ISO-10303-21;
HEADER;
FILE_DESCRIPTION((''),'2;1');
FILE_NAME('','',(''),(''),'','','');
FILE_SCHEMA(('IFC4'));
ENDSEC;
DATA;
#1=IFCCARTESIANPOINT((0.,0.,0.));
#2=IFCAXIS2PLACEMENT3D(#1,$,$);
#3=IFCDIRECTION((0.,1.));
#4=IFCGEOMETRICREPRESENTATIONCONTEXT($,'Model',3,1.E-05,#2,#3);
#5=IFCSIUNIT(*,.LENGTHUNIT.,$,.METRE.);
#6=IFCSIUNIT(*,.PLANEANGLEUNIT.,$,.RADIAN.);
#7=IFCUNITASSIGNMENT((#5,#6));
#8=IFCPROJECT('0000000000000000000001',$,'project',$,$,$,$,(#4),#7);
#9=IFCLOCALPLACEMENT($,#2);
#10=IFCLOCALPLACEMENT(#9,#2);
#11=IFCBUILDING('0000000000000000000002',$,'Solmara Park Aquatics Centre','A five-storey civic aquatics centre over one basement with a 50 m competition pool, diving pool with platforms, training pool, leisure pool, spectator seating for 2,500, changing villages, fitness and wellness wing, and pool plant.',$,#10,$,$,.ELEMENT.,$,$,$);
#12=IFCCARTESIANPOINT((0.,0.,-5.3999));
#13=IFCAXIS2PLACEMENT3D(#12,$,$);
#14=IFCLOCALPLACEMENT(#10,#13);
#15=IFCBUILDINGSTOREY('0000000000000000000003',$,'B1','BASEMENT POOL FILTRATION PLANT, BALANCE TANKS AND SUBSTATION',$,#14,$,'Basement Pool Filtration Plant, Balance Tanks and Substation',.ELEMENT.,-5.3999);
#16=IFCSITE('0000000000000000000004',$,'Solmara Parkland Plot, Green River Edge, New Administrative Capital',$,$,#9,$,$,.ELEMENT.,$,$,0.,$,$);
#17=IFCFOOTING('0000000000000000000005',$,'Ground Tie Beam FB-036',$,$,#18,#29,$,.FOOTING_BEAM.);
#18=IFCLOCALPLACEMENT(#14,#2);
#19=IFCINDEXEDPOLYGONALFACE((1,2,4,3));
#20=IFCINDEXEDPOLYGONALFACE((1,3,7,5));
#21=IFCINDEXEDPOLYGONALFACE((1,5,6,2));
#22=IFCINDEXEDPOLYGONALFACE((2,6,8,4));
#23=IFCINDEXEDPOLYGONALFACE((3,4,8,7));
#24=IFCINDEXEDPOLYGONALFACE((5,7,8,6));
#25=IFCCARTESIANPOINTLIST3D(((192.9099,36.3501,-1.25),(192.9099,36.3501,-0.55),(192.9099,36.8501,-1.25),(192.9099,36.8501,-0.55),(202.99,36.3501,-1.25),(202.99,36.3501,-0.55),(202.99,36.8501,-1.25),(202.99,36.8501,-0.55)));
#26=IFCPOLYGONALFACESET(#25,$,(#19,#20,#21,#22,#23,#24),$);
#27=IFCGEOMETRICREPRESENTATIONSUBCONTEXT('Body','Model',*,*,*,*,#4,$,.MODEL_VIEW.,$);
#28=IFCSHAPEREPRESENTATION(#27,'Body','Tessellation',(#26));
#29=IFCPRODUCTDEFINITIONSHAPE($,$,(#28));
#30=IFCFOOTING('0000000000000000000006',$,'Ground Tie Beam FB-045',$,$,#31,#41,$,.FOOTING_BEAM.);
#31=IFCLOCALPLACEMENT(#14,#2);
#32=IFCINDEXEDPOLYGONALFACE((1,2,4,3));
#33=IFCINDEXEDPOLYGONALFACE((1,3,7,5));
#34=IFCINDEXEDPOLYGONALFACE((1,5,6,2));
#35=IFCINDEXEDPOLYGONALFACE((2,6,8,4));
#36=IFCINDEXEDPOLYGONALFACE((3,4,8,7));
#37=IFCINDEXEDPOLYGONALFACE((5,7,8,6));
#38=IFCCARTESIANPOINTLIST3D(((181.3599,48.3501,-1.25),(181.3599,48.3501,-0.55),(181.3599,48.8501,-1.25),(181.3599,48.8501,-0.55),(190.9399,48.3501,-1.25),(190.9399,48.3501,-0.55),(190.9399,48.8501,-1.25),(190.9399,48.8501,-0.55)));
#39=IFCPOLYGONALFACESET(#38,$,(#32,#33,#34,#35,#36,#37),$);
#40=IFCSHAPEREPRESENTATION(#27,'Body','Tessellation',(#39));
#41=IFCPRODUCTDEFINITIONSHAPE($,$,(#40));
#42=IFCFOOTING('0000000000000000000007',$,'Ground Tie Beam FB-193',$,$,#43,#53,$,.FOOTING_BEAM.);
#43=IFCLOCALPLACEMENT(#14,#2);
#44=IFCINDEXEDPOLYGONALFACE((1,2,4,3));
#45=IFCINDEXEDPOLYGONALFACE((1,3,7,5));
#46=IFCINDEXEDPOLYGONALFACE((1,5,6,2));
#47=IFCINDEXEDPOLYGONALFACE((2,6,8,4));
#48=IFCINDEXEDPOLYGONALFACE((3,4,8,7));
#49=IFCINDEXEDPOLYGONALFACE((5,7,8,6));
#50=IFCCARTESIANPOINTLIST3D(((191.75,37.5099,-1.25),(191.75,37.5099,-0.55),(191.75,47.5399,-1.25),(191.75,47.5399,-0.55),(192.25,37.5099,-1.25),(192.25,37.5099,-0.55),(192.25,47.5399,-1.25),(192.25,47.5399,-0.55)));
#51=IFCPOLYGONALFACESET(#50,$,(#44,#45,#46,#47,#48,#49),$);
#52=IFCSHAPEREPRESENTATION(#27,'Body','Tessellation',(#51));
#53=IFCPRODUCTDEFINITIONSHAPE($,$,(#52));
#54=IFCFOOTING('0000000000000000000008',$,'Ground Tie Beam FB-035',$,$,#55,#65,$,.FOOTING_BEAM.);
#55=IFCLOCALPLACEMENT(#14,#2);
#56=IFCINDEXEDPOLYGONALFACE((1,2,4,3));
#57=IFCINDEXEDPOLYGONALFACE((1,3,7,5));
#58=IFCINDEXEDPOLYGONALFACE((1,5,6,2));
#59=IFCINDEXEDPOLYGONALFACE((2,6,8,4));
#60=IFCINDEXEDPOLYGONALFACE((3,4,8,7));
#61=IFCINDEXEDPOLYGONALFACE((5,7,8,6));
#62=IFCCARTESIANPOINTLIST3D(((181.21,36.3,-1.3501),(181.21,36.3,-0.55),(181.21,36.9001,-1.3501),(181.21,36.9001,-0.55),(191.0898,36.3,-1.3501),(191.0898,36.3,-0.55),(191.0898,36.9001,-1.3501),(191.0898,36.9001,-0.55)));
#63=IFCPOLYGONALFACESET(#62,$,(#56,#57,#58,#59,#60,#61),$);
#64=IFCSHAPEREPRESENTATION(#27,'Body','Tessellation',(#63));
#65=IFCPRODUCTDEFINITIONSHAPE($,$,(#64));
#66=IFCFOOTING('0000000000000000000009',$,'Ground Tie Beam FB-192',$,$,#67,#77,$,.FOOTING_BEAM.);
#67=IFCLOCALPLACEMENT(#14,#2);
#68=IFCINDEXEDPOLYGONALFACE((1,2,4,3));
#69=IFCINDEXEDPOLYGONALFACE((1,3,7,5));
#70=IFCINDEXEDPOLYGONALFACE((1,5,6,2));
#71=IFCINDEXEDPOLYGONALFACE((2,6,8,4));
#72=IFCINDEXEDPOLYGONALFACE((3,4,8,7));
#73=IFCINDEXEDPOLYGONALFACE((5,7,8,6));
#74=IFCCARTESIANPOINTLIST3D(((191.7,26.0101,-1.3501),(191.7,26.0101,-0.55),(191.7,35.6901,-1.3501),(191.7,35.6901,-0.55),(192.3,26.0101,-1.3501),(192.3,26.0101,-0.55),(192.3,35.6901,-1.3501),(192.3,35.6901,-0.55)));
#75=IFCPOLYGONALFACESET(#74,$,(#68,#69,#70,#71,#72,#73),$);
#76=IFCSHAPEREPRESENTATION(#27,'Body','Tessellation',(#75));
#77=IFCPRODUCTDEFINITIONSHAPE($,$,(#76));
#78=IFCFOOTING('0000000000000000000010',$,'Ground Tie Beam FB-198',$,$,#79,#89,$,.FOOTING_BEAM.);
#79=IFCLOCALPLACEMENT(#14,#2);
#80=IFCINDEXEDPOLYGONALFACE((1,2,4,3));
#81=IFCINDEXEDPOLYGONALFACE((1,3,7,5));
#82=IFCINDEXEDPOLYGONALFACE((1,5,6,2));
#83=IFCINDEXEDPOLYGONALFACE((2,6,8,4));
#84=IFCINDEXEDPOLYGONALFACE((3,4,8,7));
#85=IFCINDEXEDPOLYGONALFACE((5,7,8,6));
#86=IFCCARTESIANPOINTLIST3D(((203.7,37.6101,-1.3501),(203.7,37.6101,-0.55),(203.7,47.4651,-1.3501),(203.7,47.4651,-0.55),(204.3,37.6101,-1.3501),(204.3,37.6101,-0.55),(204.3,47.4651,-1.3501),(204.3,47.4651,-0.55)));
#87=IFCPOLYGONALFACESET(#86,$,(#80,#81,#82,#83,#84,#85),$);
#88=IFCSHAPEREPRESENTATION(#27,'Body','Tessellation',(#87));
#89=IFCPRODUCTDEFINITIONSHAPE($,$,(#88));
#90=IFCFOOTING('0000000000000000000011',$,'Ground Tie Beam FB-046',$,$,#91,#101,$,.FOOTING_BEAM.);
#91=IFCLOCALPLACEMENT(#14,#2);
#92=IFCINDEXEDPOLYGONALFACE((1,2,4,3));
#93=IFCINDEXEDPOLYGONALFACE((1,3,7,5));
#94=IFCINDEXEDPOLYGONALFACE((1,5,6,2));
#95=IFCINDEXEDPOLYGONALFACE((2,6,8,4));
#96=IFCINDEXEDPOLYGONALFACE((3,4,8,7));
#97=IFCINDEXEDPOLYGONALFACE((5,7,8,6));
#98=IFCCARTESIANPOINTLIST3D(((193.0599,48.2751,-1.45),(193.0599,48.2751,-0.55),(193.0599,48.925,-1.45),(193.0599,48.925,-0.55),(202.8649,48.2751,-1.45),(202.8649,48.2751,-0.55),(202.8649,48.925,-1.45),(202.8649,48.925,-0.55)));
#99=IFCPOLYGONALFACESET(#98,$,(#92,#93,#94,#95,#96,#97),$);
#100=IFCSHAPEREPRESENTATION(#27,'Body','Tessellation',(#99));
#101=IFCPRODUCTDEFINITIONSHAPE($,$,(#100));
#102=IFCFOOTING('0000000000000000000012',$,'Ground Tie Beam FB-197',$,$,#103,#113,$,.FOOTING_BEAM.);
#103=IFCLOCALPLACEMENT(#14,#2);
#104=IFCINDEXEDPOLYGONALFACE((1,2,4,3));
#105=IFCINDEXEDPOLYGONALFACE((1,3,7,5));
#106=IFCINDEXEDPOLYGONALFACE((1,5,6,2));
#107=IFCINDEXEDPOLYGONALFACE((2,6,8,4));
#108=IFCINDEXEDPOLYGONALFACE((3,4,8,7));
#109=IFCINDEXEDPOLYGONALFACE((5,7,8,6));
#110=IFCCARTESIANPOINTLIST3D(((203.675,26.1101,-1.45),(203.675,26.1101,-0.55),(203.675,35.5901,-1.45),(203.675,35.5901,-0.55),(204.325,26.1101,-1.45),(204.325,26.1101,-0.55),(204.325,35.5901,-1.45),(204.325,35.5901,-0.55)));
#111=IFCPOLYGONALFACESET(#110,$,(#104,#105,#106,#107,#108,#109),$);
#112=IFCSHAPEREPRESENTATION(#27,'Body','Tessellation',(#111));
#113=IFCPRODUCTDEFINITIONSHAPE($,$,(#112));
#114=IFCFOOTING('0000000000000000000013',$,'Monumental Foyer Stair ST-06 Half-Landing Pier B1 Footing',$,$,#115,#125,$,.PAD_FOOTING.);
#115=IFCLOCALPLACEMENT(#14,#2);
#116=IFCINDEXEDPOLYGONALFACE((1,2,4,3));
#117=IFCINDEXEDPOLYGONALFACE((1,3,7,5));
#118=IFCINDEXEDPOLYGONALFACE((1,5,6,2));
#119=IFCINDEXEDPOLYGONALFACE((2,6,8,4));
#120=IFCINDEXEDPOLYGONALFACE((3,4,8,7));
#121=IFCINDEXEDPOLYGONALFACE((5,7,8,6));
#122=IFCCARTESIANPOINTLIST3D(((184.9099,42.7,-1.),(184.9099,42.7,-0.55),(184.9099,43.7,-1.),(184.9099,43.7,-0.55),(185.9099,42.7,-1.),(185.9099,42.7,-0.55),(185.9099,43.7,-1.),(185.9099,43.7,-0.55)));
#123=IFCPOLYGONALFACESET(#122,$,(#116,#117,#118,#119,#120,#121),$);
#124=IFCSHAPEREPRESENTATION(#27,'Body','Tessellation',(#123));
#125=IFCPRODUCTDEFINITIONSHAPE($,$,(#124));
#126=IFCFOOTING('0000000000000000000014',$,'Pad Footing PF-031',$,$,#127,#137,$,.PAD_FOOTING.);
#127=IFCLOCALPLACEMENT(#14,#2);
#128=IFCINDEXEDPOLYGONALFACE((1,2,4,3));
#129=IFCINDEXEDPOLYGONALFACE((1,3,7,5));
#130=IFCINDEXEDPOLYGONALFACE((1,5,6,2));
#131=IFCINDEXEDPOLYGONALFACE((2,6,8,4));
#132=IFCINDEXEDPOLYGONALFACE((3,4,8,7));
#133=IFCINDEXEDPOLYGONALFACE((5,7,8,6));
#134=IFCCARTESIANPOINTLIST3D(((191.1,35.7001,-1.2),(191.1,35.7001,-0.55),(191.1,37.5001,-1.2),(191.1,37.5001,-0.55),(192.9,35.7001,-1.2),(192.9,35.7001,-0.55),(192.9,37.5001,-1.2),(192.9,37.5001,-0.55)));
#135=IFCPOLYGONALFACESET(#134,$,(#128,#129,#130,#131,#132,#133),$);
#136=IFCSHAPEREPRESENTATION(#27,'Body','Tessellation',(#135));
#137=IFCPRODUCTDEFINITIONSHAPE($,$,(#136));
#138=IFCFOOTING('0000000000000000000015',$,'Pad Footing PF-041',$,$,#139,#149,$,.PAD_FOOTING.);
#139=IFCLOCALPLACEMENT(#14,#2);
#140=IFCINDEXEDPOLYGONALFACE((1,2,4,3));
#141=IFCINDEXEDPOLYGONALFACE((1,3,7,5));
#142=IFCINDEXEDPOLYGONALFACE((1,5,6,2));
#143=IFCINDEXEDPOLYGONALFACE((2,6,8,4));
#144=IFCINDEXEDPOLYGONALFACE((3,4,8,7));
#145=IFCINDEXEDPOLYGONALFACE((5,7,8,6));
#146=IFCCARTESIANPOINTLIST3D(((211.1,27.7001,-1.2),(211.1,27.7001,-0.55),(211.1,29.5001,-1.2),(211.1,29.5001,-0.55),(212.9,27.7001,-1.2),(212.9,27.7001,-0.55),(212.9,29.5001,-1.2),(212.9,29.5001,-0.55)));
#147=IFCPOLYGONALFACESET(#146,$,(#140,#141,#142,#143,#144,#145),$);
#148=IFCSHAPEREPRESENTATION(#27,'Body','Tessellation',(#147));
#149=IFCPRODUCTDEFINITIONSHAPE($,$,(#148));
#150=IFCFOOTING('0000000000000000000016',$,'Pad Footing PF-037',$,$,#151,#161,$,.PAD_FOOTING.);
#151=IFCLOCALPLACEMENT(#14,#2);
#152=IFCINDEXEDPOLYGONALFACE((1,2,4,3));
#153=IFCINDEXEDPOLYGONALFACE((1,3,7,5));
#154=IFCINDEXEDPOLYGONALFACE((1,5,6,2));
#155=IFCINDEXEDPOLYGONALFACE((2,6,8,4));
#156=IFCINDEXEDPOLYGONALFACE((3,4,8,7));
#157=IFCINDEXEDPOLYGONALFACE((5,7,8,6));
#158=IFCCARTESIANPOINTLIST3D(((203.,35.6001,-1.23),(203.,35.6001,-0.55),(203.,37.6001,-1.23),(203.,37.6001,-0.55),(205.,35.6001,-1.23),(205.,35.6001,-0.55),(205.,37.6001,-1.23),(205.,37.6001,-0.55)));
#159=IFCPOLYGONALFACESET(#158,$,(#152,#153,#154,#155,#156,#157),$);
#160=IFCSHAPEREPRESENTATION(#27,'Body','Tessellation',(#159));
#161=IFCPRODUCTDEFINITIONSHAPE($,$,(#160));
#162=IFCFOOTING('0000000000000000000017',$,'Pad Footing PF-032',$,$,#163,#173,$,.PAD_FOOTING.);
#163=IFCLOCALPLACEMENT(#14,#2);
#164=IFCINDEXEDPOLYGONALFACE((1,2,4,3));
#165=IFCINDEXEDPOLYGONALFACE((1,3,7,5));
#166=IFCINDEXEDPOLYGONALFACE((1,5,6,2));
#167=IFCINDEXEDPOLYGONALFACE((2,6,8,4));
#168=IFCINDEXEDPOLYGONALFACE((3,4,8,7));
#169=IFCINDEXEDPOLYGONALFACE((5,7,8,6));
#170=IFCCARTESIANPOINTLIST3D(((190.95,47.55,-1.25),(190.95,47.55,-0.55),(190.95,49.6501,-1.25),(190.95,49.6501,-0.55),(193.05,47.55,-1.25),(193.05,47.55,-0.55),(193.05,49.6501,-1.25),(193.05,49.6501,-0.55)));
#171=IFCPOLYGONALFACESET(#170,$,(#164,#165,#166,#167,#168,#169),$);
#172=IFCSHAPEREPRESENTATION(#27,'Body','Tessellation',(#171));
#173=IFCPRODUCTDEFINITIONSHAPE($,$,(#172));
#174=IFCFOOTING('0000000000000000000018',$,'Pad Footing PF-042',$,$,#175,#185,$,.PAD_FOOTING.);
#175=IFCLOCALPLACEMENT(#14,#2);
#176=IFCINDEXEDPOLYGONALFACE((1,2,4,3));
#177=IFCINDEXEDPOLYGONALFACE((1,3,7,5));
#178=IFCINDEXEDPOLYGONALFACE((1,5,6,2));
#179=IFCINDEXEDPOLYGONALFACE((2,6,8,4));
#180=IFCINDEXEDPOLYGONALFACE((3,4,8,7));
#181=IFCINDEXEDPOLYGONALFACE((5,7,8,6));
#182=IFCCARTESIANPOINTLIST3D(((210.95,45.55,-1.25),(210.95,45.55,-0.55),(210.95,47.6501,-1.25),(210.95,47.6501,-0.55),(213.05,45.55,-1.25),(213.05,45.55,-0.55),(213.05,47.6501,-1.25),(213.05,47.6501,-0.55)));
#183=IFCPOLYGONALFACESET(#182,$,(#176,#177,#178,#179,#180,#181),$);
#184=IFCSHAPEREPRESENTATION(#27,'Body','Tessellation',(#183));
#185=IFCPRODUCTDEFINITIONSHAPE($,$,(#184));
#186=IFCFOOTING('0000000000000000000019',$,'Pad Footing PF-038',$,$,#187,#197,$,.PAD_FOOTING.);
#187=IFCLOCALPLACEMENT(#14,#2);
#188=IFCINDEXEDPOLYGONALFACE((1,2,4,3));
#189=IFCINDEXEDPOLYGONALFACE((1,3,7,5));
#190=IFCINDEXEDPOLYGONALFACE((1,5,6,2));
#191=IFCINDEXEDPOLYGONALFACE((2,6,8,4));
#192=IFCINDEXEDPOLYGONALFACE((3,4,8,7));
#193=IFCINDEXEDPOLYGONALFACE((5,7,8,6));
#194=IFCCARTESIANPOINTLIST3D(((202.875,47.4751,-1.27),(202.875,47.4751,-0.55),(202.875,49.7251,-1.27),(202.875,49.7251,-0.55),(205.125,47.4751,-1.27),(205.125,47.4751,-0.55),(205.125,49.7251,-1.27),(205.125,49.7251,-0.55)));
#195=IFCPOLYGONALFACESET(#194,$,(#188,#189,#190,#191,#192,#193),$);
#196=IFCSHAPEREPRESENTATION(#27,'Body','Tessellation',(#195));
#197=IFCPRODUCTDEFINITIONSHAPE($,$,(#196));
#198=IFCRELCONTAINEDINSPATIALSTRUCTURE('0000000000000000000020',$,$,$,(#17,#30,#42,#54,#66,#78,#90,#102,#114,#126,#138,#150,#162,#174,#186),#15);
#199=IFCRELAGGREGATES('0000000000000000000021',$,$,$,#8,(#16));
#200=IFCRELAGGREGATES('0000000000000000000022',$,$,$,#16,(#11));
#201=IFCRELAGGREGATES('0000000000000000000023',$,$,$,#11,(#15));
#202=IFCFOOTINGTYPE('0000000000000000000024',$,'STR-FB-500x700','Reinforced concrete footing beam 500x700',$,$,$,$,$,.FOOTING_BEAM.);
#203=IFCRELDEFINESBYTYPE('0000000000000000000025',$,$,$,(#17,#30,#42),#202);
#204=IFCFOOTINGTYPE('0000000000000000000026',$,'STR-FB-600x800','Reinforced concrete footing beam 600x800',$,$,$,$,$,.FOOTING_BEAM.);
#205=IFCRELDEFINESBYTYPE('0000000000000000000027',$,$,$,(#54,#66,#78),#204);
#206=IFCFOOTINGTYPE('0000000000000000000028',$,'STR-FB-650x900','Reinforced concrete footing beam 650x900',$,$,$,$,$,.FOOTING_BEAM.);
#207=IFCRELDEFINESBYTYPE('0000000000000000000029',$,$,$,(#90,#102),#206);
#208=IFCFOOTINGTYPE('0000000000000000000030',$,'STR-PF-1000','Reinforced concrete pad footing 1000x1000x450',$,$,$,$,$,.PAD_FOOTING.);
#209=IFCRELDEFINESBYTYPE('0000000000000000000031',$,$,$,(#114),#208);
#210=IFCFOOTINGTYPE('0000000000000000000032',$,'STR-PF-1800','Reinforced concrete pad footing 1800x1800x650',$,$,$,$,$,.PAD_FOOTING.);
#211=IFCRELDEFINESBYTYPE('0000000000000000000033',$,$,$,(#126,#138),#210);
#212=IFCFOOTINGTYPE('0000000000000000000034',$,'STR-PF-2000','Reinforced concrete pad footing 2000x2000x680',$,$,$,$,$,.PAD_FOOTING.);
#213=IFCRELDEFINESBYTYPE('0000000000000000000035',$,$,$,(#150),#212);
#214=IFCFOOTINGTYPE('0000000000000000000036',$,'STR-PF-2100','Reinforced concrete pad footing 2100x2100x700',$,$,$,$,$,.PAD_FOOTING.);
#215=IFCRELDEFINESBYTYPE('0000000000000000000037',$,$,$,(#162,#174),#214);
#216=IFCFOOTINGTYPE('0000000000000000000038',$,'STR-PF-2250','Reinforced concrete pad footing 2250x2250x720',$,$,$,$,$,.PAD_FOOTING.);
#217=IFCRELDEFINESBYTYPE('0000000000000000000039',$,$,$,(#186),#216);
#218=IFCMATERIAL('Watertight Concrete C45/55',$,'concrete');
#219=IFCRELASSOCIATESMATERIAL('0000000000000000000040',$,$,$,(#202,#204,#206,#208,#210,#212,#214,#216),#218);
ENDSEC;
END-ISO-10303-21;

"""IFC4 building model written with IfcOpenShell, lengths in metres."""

from ifc_helpers import new_model, si_unit, direction, frame, origin, origin_2d, place, context, subcontext, project, spatial, rectangle, extrude, material, type_object, element, save


model = new_model("IFC4")

# Units and contexts
model_context = context("Model", 3, precision=1e-05, world=origin(), true_north=direction((0.0, 1.0)))
body_context = subcontext(model_context, "Body", "Model", "MODEL_VIEW")
ifc_project = project(units=[si_unit("LENGTHUNIT", "METRE"), si_unit("PLANEANGLEUNIT", "RADIAN")], contexts=[model_context])

# Site, building, storey
site_placement = place(None, origin())
site = spatial("IfcSite", under=ifc_project, at=site_placement, Name="Solmara Parkland Plot, Green River Edge, New Administrative Capital", CompositionType="ELEMENT", RefElevation=0.0)
building_placement = place(site_placement, origin())
building = spatial("IfcBuilding", under=site, at=building_placement, Name="Solmara Park Aquatics Centre", Description="A five-storey civic aquatics centre over one basement with a 50 m competition pool, diving pool with platforms, training pool, leisure pool, spectator seating for 2,500, changing villages, fitness and wellness wing, and pool plant.", CompositionType="ELEMENT")
storey_placement = place(building_placement, frame((0.0, 0.0, -5.3999)))
storey = spatial("IfcBuildingStorey", under=building, at=storey_placement, Name="B1", Description="BASEMENT POOL FILTRATION PLANT, BALANCE TANKS AND SUBSTATION", LongName="Basement Pool Filtration Plant, Balance Tanks and Substation", CompositionType="ELEMENT", Elevation=-5.3999)

# Footings
ifc_material_1 = material(Name="Watertight Concrete C45/55", Category="concrete")
footing_type_1 = type_object("IfcFootingType", Name="STR-FB-500x700", Description="Reinforced concrete footing beam 500x700", PredefinedType="FOOTING_BEAM", material=ifc_material_1)
footing_1_placement = place(storey_placement, frame((197.95, 36.6001, -1.25), z_axis=(0.0, 0.0, 1.0), x_axis=(1.0, 0.0, 0.0)))
element("IfcFooting", 1, at=footing_1_placement, inside=storey, type_object=footing_type_1, Name="Ground Tie Beam FB-036", PredefinedType="FOOTING_BEAM", context=body_context, shape_type="SweptSolid", body=[
    extrude(rectangle(XDim=10.0801, YDim=0.5, at=origin_2d()), origin(), (0.0, 0.0, 1.0), 0.7),
])
footing_2_placement = place(storey_placement, frame((186.1499, 48.6001, -1.25), z_axis=(0.0, 0.0, 1.0), x_axis=(1.0, 0.0, 0.0)))
element("IfcFooting", 2, at=footing_2_placement, inside=storey, type_object=footing_type_1, Name="Ground Tie Beam FB-045", PredefinedType="FOOTING_BEAM", context=body_context, shape_type="SweptSolid", body=[
    extrude(rectangle(XDim=9.5801, YDim=0.5, at=origin_2d()), origin(), (0.0, 0.0, 1.0), 0.7),
])
footing_3_placement = place(storey_placement, frame((192.0, 42.5249, -1.25), z_axis=(0.0, 0.0, 1.0), x_axis=(1.0, 0.0, 0.0)))
element("IfcFooting", 3, at=footing_3_placement, inside=storey, type_object=footing_type_1, Name="Ground Tie Beam FB-193", PredefinedType="FOOTING_BEAM", context=body_context, shape_type="SweptSolid", body=[
    extrude(rectangle(XDim=0.5, YDim=10.03, at=origin_2d()), origin(), (0.0, 0.0, 1.0), 0.7),
])
footing_type_2 = type_object("IfcFootingType", Name="STR-FB-600x800", Description="Reinforced concrete footing beam 600x800", PredefinedType="FOOTING_BEAM", material=ifc_material_1)
footing_4_placement = place(storey_placement, frame((186.1499, 36.6001, -1.3501), z_axis=(0.0, 0.0, 1.0), x_axis=(1.0, 0.0, 0.0)))
element("IfcFooting", 4, at=footing_4_placement, inside=storey, type_object=footing_type_2, Name="Ground Tie Beam FB-035", PredefinedType="FOOTING_BEAM", context=body_context, shape_type="SweptSolid", body=[
    extrude(rectangle(XDim=9.8799, YDim=0.6001, at=origin_2d()), origin(), (0.0, 0.0, 1.0), 0.8),
])
footing_5_placement = place(storey_placement, frame((192.0, 30.8501, -1.3501), z_axis=(0.0, 0.0, 1.0), x_axis=(1.0, 0.0, 0.0)))
element("IfcFooting", 5, at=footing_5_placement, inside=storey, type_object=footing_type_2, Name="Ground Tie Beam FB-192", PredefinedType="FOOTING_BEAM", context=body_context, shape_type="SweptSolid", body=[
    extrude(rectangle(XDim=0.6001, YDim=9.6799, at=origin_2d()), origin(), (0.0, 0.0, 1.0), 0.8),
])
footing_6_placement = place(storey_placement, frame((204.0, 42.5376, -1.3501), z_axis=(0.0, 0.0, 1.0), x_axis=(1.0, 0.0, 0.0)))
element("IfcFooting", 6, at=footing_6_placement, inside=storey, type_object=footing_type_2, Name="Ground Tie Beam FB-198", PredefinedType="FOOTING_BEAM", context=body_context, shape_type="SweptSolid", body=[
    extrude(rectangle(XDim=0.6001, YDim=9.855, at=origin_2d()), origin(), (0.0, 0.0, 1.0), 0.8),
])
footing_type_3 = type_object("IfcFootingType", Name="STR-FB-650x900", Description="Reinforced concrete footing beam 650x900", PredefinedType="FOOTING_BEAM", material=ifc_material_1)
footing_7_placement = place(storey_placement, frame((197.9624, 48.6001, -1.45), z_axis=(0.0, 0.0, 1.0), x_axis=(1.0, 0.0, 0.0)))
element("IfcFooting", 7, at=footing_7_placement, inside=storey, type_object=footing_type_3, Name="Ground Tie Beam FB-046", PredefinedType="FOOTING_BEAM", context=body_context, shape_type="SweptSolid", body=[
    extrude(rectangle(XDim=9.8049, YDim=0.6499, at=origin_2d()), origin(), (0.0, 0.0, 1.0), 0.8999),
])
footing_8_placement = place(storey_placement, frame((204.0, 30.8501, -1.45), z_axis=(0.0, 0.0, 1.0), x_axis=(1.0, 0.0, 0.0)))
element("IfcFooting", 8, at=footing_8_placement, inside=storey, type_object=footing_type_3, Name="Ground Tie Beam FB-197", PredefinedType="FOOTING_BEAM", context=body_context, shape_type="SweptSolid", body=[
    extrude(rectangle(XDim=0.6499, YDim=9.48, at=origin_2d()), origin(), (0.0, 0.0, 1.0), 0.8999),
])
footing_type_4 = type_object("IfcFootingType", Name="STR-PF-1000", Description="Reinforced concrete pad footing 1000x1000x450", PredefinedType="PAD_FOOTING", material=ifc_material_1)
footing_9_placement = place(storey_placement, frame((185.4099, 43.2, -1.0), z_axis=(0.0, 0.0, 1.0), x_axis=(1.0, 0.0, 0.0)))
element("IfcFooting", 9, at=footing_9_placement, inside=storey, type_object=footing_type_4, Name="Monumental Foyer Stair ST-06 Half-Landing Pier B1 Footing", PredefinedType="PAD_FOOTING", context=body_context, shape_type="SweptSolid", body=[
    extrude(rectangle(XDim=1.0, YDim=1.0, at=origin_2d()), origin(), (0.0, 0.0, 1.0), 0.45),
])
footing_type_5 = type_object("IfcFootingType", Name="STR-PF-1800", Description="Reinforced concrete pad footing 1800x1800x650", PredefinedType="PAD_FOOTING", material=ifc_material_1)
for number, where, z_axis, x_axis, name in (
    (10, (192.0, 36.6001, -1.2), (0.0, 0.0, 1.0), (1.0, 0.0, 0.0), "Pad Footing PF-031"),
    (11, (212.0, 28.6001, -1.2), (0.0, 0.0, 1.0), (1.0, 0.0, 0.0), "Pad Footing PF-041"),
):
    element("IfcFooting", number, at=place(storey_placement, frame(where, z_axis=z_axis, x_axis=x_axis)), inside=storey, type_object=footing_type_5, Name=name, PredefinedType="PAD_FOOTING", context=body_context, shape_type="SweptSolid", body=[
        extrude(rectangle(XDim=1.8, YDim=1.8, at=origin_2d()), origin(), (0.0, 0.0, 1.0), 0.6499),
    ])
footing_type_6 = type_object("IfcFootingType", Name="STR-PF-2000", Description="Reinforced concrete pad footing 2000x2000x680", PredefinedType="PAD_FOOTING", material=ifc_material_1)
footing_10_placement = place(storey_placement, frame((204.0, 36.6001, -1.23), z_axis=(0.0, 0.0, 1.0), x_axis=(1.0, 0.0, 0.0)))
element("IfcFooting", 12, at=footing_10_placement, inside=storey, type_object=footing_type_6, Name="Pad Footing PF-037", PredefinedType="PAD_FOOTING", context=body_context, shape_type="SweptSolid", body=[
    extrude(rectangle(XDim=2.0, YDim=2.0, at=origin_2d()), origin(), (0.0, 0.0, 1.0), 0.6799),
])
footing_type_7 = type_object("IfcFootingType", Name="STR-PF-2100", Description="Reinforced concrete pad footing 2100x2100x700", PredefinedType="PAD_FOOTING", material=ifc_material_1)
for number, where, z_axis, x_axis, name in (
    (13, (192.0, 48.6001, -1.25), (0.0, 0.0, 1.0), (1.0, 0.0, 0.0), "Pad Footing PF-032"),
    (14, (212.0, 46.6001, -1.25), (0.0, 0.0, 1.0), (1.0, 0.0, 0.0), "Pad Footing PF-042"),
):
    element("IfcFooting", number, at=place(storey_placement, frame(where, z_axis=z_axis, x_axis=x_axis)), inside=storey, type_object=footing_type_7, Name=name, PredefinedType="PAD_FOOTING", context=body_context, shape_type="SweptSolid", body=[
        extrude(rectangle(XDim=2.1001, YDim=2.1001, at=origin_2d()), origin(), (0.0, 0.0, 1.0), 0.7),
    ])
footing_type_8 = type_object("IfcFootingType", Name="STR-PF-2250", Description="Reinforced concrete pad footing 2250x2250x720", PredefinedType="PAD_FOOTING", material=ifc_material_1)
footing_11_placement = place(storey_placement, frame((204.0, 48.6001, -1.27), z_axis=(0.0, 0.0, 1.0), x_axis=(1.0, 0.0, 0.0)))
element("IfcFooting", 15, at=footing_11_placement, inside=storey, type_object=footing_type_8, Name="Pad Footing PF-038", PredefinedType="PAD_FOOTING", context=body_context, shape_type="SweptSolid", body=[
    extrude(rectangle(XDim=2.25, YDim=2.25, at=origin_2d()), origin(), (0.0, 0.0, 1.0), 0.72),
])

save(model, "model.ifc")
